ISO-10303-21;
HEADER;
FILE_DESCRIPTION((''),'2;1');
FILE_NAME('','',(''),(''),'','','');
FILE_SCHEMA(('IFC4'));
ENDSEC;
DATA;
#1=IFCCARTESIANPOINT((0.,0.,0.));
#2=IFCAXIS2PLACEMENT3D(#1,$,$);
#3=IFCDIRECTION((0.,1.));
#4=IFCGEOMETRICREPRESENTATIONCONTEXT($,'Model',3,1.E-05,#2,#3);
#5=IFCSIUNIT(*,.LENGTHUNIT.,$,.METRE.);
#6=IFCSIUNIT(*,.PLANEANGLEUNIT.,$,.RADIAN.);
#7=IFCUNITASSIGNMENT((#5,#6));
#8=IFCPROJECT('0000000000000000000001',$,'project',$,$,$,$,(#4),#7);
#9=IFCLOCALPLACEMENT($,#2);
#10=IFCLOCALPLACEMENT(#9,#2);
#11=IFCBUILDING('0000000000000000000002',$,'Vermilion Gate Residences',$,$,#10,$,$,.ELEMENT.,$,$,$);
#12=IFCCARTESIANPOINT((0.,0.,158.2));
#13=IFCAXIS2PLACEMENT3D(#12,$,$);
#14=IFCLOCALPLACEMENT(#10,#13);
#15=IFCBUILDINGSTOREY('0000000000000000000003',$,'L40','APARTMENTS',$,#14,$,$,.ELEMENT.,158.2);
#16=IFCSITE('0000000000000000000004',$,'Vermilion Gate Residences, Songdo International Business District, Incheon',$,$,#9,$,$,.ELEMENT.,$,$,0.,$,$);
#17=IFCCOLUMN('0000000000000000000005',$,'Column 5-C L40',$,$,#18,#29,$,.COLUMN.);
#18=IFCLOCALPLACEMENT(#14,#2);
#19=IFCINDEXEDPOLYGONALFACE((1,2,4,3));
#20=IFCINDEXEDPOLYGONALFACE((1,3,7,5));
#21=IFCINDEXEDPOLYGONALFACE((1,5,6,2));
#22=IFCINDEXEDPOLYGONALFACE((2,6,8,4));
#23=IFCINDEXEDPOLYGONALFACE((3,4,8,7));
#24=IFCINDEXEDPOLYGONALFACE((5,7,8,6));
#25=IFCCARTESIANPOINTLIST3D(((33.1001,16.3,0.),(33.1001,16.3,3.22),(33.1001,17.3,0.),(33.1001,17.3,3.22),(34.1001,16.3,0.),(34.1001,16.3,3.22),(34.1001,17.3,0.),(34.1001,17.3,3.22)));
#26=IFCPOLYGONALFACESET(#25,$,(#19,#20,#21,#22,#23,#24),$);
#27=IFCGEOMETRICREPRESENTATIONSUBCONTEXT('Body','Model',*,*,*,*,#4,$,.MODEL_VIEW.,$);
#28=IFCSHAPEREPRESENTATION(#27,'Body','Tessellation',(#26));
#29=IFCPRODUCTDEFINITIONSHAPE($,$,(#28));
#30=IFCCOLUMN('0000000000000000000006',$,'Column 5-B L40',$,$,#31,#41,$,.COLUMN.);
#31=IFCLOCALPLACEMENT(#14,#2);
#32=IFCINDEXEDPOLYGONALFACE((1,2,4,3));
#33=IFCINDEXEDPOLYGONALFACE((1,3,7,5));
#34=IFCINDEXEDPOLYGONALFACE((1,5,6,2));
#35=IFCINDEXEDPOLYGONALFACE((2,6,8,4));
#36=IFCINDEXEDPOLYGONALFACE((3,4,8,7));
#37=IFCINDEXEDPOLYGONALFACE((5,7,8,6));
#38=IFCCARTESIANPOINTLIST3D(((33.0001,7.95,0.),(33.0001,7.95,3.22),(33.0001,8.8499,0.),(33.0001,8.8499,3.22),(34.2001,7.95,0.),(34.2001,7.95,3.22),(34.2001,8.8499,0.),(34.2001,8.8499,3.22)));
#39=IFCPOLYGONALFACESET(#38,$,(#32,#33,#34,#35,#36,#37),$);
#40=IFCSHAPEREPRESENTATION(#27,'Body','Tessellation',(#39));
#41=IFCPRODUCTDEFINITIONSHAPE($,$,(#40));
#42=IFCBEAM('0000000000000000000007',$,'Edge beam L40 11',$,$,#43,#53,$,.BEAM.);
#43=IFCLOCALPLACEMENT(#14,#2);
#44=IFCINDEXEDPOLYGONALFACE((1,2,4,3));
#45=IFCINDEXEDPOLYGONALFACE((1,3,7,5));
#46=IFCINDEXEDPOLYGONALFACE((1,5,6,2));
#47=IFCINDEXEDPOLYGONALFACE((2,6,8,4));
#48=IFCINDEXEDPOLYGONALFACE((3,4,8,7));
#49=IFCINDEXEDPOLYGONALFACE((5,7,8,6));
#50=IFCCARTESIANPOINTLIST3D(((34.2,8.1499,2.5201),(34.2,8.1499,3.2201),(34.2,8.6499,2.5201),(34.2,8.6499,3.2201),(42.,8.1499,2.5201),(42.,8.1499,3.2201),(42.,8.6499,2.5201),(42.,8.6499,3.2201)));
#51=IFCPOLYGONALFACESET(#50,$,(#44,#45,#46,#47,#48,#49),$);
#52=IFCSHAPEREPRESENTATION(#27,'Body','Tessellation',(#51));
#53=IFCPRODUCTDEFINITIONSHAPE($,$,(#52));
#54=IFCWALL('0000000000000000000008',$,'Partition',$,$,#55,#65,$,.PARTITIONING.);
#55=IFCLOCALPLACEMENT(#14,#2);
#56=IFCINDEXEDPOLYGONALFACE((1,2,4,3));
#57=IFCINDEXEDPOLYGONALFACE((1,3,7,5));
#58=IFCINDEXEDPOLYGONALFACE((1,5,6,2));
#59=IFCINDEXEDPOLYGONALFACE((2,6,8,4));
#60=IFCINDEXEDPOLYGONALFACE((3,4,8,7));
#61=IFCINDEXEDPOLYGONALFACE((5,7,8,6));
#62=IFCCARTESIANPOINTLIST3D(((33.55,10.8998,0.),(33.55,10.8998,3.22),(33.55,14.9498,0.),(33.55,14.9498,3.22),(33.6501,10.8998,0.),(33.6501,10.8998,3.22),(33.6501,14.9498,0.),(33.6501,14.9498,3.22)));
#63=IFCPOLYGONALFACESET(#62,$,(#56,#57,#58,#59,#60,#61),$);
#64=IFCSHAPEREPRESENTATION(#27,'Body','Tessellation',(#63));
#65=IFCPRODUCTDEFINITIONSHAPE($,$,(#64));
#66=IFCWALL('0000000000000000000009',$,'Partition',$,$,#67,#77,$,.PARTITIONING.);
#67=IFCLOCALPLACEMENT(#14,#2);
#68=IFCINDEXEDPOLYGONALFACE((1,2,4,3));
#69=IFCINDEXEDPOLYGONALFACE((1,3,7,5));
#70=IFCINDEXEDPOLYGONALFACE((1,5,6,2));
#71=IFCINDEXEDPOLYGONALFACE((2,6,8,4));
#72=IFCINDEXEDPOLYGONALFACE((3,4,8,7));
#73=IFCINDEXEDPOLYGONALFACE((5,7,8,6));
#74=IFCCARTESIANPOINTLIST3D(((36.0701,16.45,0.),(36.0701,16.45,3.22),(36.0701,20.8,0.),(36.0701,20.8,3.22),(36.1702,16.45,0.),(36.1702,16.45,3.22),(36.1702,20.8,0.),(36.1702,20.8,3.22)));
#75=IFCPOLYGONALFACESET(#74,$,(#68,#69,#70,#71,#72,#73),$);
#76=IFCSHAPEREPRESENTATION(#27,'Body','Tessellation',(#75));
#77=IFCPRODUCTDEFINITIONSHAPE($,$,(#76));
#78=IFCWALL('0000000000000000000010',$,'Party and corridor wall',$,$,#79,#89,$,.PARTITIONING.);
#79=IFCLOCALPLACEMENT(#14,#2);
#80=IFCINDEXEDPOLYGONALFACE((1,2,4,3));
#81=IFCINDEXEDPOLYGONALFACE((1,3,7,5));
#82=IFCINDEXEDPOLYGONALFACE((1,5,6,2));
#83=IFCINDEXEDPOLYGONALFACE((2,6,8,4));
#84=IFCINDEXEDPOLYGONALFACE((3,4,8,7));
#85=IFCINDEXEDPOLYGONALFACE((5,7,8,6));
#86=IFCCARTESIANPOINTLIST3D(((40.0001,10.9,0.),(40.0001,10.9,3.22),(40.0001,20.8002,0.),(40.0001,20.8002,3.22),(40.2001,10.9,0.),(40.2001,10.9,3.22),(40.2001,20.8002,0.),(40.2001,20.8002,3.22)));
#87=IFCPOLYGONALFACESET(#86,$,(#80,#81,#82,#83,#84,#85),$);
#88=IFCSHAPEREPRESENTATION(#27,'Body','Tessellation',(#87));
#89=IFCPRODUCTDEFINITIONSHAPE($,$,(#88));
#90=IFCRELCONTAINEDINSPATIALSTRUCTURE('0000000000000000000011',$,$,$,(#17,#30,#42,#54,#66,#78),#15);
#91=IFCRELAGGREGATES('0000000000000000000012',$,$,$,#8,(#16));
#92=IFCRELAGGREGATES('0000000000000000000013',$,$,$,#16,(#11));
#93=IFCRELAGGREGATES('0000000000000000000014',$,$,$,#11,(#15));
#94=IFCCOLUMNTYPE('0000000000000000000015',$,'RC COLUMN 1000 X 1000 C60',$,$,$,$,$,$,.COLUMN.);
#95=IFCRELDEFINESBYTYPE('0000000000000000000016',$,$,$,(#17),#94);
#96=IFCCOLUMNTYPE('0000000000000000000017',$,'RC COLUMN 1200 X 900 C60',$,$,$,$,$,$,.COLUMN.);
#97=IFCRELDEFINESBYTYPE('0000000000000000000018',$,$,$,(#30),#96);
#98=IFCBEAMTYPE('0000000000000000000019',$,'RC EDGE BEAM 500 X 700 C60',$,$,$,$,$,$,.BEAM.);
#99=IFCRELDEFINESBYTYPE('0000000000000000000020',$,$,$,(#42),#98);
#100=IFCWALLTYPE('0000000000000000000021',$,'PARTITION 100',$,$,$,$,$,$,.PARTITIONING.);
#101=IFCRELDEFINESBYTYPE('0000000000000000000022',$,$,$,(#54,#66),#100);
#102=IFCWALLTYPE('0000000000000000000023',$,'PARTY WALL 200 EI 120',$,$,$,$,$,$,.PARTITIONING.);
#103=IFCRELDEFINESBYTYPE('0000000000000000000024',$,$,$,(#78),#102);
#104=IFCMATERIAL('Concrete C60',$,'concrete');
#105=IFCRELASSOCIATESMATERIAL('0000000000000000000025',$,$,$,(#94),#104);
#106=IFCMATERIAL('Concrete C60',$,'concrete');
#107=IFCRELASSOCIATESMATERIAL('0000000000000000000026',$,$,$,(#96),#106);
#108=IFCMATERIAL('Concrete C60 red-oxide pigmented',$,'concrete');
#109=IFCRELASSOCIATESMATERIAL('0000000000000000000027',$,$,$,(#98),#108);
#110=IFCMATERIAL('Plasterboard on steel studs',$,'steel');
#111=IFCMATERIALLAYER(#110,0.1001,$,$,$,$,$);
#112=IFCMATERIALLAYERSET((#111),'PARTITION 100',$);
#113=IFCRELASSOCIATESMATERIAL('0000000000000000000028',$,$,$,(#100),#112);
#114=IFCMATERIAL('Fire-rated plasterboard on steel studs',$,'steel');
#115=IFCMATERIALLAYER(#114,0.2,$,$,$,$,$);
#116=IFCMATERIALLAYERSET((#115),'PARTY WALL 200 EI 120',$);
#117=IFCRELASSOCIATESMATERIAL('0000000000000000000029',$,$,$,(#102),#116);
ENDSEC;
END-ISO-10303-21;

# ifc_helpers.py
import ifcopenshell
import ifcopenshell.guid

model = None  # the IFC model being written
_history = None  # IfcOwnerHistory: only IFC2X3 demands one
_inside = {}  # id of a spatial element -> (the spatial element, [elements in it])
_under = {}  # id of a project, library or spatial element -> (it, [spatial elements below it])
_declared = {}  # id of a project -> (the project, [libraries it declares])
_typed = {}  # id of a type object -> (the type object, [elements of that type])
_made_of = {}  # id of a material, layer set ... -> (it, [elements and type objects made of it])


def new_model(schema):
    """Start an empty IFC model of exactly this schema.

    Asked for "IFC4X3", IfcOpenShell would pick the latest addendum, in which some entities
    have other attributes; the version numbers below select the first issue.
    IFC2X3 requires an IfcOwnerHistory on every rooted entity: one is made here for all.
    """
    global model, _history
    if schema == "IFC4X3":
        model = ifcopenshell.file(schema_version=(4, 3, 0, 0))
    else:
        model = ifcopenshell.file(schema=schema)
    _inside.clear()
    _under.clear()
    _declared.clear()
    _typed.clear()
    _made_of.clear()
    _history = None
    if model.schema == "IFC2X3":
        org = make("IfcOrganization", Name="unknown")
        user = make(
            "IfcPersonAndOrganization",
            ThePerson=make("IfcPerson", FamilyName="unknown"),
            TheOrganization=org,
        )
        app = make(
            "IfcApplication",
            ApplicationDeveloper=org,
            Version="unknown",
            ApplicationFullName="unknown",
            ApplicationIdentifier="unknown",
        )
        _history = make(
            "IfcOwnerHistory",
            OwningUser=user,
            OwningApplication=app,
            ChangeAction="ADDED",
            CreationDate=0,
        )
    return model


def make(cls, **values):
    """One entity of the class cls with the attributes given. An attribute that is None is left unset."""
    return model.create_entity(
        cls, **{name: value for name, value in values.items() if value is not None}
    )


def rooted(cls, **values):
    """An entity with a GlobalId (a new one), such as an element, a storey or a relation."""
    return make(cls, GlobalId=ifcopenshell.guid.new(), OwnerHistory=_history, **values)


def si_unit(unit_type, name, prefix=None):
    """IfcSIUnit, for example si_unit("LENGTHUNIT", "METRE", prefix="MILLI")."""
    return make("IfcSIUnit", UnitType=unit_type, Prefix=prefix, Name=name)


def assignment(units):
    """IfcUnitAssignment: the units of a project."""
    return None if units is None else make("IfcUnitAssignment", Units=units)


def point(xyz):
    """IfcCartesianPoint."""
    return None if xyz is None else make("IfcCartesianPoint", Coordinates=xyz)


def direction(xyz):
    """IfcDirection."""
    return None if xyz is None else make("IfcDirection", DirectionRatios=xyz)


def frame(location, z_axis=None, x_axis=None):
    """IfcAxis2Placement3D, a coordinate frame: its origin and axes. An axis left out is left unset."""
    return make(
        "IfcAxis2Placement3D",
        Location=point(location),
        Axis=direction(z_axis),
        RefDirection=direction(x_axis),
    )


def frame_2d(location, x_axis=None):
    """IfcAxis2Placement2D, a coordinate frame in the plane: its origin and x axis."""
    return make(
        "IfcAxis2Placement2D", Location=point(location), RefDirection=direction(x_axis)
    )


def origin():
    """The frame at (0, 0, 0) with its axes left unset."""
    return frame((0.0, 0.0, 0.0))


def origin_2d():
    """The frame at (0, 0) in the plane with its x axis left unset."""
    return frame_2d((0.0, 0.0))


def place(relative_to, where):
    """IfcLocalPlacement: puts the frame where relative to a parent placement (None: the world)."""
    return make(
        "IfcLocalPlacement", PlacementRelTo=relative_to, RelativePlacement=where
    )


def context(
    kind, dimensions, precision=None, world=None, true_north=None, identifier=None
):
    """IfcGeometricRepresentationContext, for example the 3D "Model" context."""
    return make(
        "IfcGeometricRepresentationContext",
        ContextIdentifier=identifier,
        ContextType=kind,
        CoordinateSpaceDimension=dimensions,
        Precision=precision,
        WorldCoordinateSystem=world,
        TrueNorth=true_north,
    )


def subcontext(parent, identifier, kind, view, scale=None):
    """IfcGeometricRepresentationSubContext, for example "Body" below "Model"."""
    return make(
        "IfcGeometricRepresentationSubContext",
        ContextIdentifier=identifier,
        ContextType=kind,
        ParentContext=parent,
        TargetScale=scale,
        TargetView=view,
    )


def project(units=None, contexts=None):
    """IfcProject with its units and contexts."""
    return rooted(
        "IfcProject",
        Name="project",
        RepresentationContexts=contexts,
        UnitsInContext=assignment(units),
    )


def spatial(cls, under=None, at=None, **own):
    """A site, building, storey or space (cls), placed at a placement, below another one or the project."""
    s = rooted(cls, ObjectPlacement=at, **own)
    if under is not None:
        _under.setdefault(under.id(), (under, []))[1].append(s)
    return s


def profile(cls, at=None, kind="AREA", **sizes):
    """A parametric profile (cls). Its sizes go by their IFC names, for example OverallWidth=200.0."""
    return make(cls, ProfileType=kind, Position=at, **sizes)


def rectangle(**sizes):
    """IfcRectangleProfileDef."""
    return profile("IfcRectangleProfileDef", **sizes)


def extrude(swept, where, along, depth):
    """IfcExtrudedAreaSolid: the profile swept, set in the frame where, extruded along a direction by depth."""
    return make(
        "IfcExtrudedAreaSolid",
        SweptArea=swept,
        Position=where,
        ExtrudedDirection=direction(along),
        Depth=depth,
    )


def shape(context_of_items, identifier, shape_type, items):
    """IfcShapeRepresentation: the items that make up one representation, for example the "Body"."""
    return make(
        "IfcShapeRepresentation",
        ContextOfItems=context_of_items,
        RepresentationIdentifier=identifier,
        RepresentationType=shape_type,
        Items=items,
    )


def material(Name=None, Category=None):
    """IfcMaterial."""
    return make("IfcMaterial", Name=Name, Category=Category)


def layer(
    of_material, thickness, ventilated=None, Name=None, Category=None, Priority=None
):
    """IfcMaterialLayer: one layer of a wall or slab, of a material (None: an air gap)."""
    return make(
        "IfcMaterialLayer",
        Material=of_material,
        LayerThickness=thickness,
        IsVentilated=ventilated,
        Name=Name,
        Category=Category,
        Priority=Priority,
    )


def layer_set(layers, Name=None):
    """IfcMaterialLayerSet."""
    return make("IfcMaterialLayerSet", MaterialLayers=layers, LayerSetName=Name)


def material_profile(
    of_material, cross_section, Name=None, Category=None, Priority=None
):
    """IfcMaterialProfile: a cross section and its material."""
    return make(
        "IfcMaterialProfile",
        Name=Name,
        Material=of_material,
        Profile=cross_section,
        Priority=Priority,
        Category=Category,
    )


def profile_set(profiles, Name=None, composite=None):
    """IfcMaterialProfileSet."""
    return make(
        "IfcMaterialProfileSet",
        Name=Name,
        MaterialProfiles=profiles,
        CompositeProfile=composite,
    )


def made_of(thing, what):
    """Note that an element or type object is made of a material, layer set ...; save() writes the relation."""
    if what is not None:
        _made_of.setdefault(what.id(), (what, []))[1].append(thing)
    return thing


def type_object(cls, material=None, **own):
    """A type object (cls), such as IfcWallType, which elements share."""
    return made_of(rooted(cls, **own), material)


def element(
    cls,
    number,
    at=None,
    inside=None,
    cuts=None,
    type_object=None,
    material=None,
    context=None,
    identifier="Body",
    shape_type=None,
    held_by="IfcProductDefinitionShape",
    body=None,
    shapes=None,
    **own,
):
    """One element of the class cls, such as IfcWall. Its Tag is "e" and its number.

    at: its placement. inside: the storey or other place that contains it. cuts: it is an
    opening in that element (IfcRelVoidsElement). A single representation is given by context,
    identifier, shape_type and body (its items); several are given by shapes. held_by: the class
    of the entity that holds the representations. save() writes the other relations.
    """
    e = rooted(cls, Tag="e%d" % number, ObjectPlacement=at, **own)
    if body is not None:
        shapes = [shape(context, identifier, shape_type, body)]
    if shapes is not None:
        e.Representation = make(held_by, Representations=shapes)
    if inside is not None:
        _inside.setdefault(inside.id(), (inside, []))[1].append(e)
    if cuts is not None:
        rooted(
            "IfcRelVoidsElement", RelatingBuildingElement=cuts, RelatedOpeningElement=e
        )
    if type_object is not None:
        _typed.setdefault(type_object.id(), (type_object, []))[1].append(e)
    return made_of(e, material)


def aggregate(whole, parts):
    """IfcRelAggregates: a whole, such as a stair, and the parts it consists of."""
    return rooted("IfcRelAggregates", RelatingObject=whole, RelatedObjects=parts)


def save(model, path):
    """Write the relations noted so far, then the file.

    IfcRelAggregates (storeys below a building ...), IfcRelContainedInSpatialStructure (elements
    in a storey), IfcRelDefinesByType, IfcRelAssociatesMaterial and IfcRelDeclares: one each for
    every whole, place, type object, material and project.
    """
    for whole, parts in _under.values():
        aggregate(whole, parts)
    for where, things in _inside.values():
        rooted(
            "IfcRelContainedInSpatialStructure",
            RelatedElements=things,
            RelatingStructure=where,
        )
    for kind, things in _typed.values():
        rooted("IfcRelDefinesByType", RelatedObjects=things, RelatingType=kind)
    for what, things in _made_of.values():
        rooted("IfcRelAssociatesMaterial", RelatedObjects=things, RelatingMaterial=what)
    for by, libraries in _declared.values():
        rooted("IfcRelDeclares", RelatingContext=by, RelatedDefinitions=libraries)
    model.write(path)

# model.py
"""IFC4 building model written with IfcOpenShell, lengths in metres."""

from ifc_helpers import new_model, si_unit, direction, frame, frame_2d, origin, origin_2d, place, context, subcontext, project, spatial, rectangle, extrude, material, layer, layer_set, material_profile, profile_set, type_object, element, save


model = new_model("IFC4")

# Units and contexts
model_context = context("Model", 3, precision=1e-05, world=origin(), true_north=direction((0.0, 1.0)))
body_context = subcontext(model_context, "Body", "Model", "MODEL_VIEW")
ifc_project = project(units=[si_unit("LENGTHUNIT", "METRE"), si_unit("PLANEANGLEUNIT", "RADIAN")], contexts=[model_context])

# Site, building, storey
site_placement = place(None, origin())
site = spatial("IfcSite", under=ifc_project, at=site_placement, Name="Vermilion Gate Residences, Songdo International Business District, Incheon", CompositionType="ELEMENT", RefElevation=0.0)
building_placement = place(site_placement, origin())
building = spatial("IfcBuilding", under=site, at=building_placement, Name="Vermilion Gate Residences", CompositionType="ELEMENT")
storey_placement = place(building_placement, frame((0.0, 0.0, 158.2)))
storey = spatial("IfcBuildingStorey", under=building, at=storey_placement, Name="L40", Description="APARTMENTS", CompositionType="ELEMENT", Elevation=158.2)

# Columns
ifc_material_1 = material(Name="Concrete C60", Category="concrete")
ifc_material_profile_1 = material_profile(ifc_material_1, rectangle(XDim=1.0, YDim=1.0, at=origin_2d()), Name="RC-1000x1000")
ifc_profile_set_1 = profile_set([ifc_material_profile_1], Name="Concrete C60")
column_type_1 = type_object("IfcColumnType", Name="RC COLUMN 1000 X 1000 C60", PredefinedType="COLUMN", material=ifc_profile_set_1)
column_1_placement = place(storey_placement, frame((33.6001, 16.8, 0.0), z_axis=(0.0, 0.0, 1.0), x_axis=(1.0, 0.0, 0.0)))
element("IfcColumn", 1, at=column_1_placement, inside=storey, type_object=column_type_1, Name="Column 5-C L40", PredefinedType="COLUMN", context=body_context, shape_type="SweptSolid", body=[
    extrude(rectangle(XDim=1.0, YDim=1.0, at=origin_2d()), origin(), (0.0, 0.0, 1.0), 3.22),
])
ifc_material_2 = material(Name="Concrete C60", Category="concrete")
ifc_material_profile_2 = material_profile(ifc_material_2, rectangle(XDim=1.2, YDim=0.8999, at=origin_2d()), Name="RC-1200x900")
ifc_profile_set_2 = profile_set([ifc_material_profile_2], Name="Concrete C60")
column_type_2 = type_object("IfcColumnType", Name="RC COLUMN 1200 X 900 C60", PredefinedType="COLUMN", material=ifc_profile_set_2)
column_2_placement = place(storey_placement, frame((33.6001, 8.3999, 0.0), z_axis=(0.0, 0.0, 1.0), x_axis=(1.0, 0.0, 0.0)))
element("IfcColumn", 2, at=column_2_placement, inside=storey, type_object=column_type_2, Name="Column 5-B L40", PredefinedType="COLUMN", context=body_context, shape_type="SweptSolid", body=[
    extrude(rectangle(XDim=1.2, YDim=0.8999, at=origin_2d()), origin(), (0.0, 0.0, 1.0), 3.22),
])

# Beam
ifc_material_3 = material(Name="Concrete C60 red-oxide pigmented", Category="concrete")
ifc_material_profile_3 = material_profile(ifc_material_3, rectangle(XDim=0.5, YDim=0.7, at=origin_2d()), Name="RC-500x700")
ifc_profile_set_3 = profile_set([ifc_material_profile_3], Name="Concrete C60 red-oxide pigmented")
beam_type = type_object("IfcBeamType", Name="RC EDGE BEAM 500 X 700 C60", PredefinedType="BEAM", material=ifc_profile_set_3)
beam_placement = place(storey_placement, frame((34.2, 8.3999, 2.8701), z_axis=(1.0, 0.0, 0.0), x_axis=(0.0, 1.0, 0.0)))
element("IfcBeam", 3, at=beam_placement, inside=storey, type_object=beam_type, Name="Edge beam L40 11", PredefinedType="BEAM", context=body_context, shape_type="SweptSolid", body=[
    extrude(rectangle(XDim=0.5, YDim=0.7, at=origin_2d()), origin(), (0.0, 0.0, 1.0), 7.8),
])

# Walls
ifc_material_4 = material(Name="Plasterboard on steel studs", Category="steel")
ifc_layer_1 = layer(ifc_material_4, 0.1001)
ifc_layer_set_1 = layer_set([ifc_layer_1], Name="PARTITION 100")
wall_type_1 = type_object("IfcWallType", Name="PARTITION 100", PredefinedType="PARTITIONING", material=ifc_layer_set_1)
wall_1_placement = place(storey_placement, frame((33.6001, 10.8999, 0.0), z_axis=(0.0, 0.0, 1.0), x_axis=(0.0, 1.0, 0.0)))
element("IfcWall", 4, at=wall_1_placement, inside=storey, type_object=wall_type_1, Name="Partition", PredefinedType="PARTITIONING", context=body_context, shape_type="SweptSolid", body=[
    extrude(rectangle(XDim=4.05, YDim=0.1001, at=frame_2d((2.0249, 0.0))), origin(), (0.0, 0.0, 1.0), 3.22),
])
wall_2_placement = place(storey_placement, frame((36.1201, 16.45, 0.0), z_axis=(0.0, 0.0, 1.0), x_axis=(0.0, 1.0, 0.0)))
element("IfcWall", 5, at=wall_2_placement, inside=storey, type_object=wall_type_1, Name="Partition", PredefinedType="PARTITIONING", context=body_context, shape_type="SweptSolid", body=[
    extrude(rectangle(XDim=4.3501, YDim=0.1001, at=frame_2d((2.175, 0.0))), origin(), (0.0, 0.0, 1.0), 3.22),
])
ifc_material_5 = material(Name="Fire-rated plasterboard on steel studs", Category="steel")
ifc_layer_2 = layer(ifc_material_5, 0.2)
ifc_layer_set_2 = layer_set([ifc_layer_2], Name="PARTY WALL 200 EI 120")
wall_type_2 = type_object("IfcWallType", Name="PARTY WALL 200 EI 120", PredefinedType="PARTITIONING", material=ifc_layer_set_2)
wall_3_placement = place(storey_placement, frame((40.1001, 10.8999, 0.0), z_axis=(0.0, 0.0, 1.0), x_axis=(0.0, 1.0, 0.0)))
element("IfcWall", 6, at=wall_3_placement, inside=storey, type_object=wall_type_2, Name="Party and corridor wall", PredefinedType="PARTITIONING", context=body_context, shape_type="SweptSolid", body=[
    extrude(rectangle(XDim=9.9001, YDim=0.2, at=frame_2d((4.9502, 0.0))), origin(), (0.0, 0.0, 1.0), 3.22),
])

save(model, "model.ifc")
